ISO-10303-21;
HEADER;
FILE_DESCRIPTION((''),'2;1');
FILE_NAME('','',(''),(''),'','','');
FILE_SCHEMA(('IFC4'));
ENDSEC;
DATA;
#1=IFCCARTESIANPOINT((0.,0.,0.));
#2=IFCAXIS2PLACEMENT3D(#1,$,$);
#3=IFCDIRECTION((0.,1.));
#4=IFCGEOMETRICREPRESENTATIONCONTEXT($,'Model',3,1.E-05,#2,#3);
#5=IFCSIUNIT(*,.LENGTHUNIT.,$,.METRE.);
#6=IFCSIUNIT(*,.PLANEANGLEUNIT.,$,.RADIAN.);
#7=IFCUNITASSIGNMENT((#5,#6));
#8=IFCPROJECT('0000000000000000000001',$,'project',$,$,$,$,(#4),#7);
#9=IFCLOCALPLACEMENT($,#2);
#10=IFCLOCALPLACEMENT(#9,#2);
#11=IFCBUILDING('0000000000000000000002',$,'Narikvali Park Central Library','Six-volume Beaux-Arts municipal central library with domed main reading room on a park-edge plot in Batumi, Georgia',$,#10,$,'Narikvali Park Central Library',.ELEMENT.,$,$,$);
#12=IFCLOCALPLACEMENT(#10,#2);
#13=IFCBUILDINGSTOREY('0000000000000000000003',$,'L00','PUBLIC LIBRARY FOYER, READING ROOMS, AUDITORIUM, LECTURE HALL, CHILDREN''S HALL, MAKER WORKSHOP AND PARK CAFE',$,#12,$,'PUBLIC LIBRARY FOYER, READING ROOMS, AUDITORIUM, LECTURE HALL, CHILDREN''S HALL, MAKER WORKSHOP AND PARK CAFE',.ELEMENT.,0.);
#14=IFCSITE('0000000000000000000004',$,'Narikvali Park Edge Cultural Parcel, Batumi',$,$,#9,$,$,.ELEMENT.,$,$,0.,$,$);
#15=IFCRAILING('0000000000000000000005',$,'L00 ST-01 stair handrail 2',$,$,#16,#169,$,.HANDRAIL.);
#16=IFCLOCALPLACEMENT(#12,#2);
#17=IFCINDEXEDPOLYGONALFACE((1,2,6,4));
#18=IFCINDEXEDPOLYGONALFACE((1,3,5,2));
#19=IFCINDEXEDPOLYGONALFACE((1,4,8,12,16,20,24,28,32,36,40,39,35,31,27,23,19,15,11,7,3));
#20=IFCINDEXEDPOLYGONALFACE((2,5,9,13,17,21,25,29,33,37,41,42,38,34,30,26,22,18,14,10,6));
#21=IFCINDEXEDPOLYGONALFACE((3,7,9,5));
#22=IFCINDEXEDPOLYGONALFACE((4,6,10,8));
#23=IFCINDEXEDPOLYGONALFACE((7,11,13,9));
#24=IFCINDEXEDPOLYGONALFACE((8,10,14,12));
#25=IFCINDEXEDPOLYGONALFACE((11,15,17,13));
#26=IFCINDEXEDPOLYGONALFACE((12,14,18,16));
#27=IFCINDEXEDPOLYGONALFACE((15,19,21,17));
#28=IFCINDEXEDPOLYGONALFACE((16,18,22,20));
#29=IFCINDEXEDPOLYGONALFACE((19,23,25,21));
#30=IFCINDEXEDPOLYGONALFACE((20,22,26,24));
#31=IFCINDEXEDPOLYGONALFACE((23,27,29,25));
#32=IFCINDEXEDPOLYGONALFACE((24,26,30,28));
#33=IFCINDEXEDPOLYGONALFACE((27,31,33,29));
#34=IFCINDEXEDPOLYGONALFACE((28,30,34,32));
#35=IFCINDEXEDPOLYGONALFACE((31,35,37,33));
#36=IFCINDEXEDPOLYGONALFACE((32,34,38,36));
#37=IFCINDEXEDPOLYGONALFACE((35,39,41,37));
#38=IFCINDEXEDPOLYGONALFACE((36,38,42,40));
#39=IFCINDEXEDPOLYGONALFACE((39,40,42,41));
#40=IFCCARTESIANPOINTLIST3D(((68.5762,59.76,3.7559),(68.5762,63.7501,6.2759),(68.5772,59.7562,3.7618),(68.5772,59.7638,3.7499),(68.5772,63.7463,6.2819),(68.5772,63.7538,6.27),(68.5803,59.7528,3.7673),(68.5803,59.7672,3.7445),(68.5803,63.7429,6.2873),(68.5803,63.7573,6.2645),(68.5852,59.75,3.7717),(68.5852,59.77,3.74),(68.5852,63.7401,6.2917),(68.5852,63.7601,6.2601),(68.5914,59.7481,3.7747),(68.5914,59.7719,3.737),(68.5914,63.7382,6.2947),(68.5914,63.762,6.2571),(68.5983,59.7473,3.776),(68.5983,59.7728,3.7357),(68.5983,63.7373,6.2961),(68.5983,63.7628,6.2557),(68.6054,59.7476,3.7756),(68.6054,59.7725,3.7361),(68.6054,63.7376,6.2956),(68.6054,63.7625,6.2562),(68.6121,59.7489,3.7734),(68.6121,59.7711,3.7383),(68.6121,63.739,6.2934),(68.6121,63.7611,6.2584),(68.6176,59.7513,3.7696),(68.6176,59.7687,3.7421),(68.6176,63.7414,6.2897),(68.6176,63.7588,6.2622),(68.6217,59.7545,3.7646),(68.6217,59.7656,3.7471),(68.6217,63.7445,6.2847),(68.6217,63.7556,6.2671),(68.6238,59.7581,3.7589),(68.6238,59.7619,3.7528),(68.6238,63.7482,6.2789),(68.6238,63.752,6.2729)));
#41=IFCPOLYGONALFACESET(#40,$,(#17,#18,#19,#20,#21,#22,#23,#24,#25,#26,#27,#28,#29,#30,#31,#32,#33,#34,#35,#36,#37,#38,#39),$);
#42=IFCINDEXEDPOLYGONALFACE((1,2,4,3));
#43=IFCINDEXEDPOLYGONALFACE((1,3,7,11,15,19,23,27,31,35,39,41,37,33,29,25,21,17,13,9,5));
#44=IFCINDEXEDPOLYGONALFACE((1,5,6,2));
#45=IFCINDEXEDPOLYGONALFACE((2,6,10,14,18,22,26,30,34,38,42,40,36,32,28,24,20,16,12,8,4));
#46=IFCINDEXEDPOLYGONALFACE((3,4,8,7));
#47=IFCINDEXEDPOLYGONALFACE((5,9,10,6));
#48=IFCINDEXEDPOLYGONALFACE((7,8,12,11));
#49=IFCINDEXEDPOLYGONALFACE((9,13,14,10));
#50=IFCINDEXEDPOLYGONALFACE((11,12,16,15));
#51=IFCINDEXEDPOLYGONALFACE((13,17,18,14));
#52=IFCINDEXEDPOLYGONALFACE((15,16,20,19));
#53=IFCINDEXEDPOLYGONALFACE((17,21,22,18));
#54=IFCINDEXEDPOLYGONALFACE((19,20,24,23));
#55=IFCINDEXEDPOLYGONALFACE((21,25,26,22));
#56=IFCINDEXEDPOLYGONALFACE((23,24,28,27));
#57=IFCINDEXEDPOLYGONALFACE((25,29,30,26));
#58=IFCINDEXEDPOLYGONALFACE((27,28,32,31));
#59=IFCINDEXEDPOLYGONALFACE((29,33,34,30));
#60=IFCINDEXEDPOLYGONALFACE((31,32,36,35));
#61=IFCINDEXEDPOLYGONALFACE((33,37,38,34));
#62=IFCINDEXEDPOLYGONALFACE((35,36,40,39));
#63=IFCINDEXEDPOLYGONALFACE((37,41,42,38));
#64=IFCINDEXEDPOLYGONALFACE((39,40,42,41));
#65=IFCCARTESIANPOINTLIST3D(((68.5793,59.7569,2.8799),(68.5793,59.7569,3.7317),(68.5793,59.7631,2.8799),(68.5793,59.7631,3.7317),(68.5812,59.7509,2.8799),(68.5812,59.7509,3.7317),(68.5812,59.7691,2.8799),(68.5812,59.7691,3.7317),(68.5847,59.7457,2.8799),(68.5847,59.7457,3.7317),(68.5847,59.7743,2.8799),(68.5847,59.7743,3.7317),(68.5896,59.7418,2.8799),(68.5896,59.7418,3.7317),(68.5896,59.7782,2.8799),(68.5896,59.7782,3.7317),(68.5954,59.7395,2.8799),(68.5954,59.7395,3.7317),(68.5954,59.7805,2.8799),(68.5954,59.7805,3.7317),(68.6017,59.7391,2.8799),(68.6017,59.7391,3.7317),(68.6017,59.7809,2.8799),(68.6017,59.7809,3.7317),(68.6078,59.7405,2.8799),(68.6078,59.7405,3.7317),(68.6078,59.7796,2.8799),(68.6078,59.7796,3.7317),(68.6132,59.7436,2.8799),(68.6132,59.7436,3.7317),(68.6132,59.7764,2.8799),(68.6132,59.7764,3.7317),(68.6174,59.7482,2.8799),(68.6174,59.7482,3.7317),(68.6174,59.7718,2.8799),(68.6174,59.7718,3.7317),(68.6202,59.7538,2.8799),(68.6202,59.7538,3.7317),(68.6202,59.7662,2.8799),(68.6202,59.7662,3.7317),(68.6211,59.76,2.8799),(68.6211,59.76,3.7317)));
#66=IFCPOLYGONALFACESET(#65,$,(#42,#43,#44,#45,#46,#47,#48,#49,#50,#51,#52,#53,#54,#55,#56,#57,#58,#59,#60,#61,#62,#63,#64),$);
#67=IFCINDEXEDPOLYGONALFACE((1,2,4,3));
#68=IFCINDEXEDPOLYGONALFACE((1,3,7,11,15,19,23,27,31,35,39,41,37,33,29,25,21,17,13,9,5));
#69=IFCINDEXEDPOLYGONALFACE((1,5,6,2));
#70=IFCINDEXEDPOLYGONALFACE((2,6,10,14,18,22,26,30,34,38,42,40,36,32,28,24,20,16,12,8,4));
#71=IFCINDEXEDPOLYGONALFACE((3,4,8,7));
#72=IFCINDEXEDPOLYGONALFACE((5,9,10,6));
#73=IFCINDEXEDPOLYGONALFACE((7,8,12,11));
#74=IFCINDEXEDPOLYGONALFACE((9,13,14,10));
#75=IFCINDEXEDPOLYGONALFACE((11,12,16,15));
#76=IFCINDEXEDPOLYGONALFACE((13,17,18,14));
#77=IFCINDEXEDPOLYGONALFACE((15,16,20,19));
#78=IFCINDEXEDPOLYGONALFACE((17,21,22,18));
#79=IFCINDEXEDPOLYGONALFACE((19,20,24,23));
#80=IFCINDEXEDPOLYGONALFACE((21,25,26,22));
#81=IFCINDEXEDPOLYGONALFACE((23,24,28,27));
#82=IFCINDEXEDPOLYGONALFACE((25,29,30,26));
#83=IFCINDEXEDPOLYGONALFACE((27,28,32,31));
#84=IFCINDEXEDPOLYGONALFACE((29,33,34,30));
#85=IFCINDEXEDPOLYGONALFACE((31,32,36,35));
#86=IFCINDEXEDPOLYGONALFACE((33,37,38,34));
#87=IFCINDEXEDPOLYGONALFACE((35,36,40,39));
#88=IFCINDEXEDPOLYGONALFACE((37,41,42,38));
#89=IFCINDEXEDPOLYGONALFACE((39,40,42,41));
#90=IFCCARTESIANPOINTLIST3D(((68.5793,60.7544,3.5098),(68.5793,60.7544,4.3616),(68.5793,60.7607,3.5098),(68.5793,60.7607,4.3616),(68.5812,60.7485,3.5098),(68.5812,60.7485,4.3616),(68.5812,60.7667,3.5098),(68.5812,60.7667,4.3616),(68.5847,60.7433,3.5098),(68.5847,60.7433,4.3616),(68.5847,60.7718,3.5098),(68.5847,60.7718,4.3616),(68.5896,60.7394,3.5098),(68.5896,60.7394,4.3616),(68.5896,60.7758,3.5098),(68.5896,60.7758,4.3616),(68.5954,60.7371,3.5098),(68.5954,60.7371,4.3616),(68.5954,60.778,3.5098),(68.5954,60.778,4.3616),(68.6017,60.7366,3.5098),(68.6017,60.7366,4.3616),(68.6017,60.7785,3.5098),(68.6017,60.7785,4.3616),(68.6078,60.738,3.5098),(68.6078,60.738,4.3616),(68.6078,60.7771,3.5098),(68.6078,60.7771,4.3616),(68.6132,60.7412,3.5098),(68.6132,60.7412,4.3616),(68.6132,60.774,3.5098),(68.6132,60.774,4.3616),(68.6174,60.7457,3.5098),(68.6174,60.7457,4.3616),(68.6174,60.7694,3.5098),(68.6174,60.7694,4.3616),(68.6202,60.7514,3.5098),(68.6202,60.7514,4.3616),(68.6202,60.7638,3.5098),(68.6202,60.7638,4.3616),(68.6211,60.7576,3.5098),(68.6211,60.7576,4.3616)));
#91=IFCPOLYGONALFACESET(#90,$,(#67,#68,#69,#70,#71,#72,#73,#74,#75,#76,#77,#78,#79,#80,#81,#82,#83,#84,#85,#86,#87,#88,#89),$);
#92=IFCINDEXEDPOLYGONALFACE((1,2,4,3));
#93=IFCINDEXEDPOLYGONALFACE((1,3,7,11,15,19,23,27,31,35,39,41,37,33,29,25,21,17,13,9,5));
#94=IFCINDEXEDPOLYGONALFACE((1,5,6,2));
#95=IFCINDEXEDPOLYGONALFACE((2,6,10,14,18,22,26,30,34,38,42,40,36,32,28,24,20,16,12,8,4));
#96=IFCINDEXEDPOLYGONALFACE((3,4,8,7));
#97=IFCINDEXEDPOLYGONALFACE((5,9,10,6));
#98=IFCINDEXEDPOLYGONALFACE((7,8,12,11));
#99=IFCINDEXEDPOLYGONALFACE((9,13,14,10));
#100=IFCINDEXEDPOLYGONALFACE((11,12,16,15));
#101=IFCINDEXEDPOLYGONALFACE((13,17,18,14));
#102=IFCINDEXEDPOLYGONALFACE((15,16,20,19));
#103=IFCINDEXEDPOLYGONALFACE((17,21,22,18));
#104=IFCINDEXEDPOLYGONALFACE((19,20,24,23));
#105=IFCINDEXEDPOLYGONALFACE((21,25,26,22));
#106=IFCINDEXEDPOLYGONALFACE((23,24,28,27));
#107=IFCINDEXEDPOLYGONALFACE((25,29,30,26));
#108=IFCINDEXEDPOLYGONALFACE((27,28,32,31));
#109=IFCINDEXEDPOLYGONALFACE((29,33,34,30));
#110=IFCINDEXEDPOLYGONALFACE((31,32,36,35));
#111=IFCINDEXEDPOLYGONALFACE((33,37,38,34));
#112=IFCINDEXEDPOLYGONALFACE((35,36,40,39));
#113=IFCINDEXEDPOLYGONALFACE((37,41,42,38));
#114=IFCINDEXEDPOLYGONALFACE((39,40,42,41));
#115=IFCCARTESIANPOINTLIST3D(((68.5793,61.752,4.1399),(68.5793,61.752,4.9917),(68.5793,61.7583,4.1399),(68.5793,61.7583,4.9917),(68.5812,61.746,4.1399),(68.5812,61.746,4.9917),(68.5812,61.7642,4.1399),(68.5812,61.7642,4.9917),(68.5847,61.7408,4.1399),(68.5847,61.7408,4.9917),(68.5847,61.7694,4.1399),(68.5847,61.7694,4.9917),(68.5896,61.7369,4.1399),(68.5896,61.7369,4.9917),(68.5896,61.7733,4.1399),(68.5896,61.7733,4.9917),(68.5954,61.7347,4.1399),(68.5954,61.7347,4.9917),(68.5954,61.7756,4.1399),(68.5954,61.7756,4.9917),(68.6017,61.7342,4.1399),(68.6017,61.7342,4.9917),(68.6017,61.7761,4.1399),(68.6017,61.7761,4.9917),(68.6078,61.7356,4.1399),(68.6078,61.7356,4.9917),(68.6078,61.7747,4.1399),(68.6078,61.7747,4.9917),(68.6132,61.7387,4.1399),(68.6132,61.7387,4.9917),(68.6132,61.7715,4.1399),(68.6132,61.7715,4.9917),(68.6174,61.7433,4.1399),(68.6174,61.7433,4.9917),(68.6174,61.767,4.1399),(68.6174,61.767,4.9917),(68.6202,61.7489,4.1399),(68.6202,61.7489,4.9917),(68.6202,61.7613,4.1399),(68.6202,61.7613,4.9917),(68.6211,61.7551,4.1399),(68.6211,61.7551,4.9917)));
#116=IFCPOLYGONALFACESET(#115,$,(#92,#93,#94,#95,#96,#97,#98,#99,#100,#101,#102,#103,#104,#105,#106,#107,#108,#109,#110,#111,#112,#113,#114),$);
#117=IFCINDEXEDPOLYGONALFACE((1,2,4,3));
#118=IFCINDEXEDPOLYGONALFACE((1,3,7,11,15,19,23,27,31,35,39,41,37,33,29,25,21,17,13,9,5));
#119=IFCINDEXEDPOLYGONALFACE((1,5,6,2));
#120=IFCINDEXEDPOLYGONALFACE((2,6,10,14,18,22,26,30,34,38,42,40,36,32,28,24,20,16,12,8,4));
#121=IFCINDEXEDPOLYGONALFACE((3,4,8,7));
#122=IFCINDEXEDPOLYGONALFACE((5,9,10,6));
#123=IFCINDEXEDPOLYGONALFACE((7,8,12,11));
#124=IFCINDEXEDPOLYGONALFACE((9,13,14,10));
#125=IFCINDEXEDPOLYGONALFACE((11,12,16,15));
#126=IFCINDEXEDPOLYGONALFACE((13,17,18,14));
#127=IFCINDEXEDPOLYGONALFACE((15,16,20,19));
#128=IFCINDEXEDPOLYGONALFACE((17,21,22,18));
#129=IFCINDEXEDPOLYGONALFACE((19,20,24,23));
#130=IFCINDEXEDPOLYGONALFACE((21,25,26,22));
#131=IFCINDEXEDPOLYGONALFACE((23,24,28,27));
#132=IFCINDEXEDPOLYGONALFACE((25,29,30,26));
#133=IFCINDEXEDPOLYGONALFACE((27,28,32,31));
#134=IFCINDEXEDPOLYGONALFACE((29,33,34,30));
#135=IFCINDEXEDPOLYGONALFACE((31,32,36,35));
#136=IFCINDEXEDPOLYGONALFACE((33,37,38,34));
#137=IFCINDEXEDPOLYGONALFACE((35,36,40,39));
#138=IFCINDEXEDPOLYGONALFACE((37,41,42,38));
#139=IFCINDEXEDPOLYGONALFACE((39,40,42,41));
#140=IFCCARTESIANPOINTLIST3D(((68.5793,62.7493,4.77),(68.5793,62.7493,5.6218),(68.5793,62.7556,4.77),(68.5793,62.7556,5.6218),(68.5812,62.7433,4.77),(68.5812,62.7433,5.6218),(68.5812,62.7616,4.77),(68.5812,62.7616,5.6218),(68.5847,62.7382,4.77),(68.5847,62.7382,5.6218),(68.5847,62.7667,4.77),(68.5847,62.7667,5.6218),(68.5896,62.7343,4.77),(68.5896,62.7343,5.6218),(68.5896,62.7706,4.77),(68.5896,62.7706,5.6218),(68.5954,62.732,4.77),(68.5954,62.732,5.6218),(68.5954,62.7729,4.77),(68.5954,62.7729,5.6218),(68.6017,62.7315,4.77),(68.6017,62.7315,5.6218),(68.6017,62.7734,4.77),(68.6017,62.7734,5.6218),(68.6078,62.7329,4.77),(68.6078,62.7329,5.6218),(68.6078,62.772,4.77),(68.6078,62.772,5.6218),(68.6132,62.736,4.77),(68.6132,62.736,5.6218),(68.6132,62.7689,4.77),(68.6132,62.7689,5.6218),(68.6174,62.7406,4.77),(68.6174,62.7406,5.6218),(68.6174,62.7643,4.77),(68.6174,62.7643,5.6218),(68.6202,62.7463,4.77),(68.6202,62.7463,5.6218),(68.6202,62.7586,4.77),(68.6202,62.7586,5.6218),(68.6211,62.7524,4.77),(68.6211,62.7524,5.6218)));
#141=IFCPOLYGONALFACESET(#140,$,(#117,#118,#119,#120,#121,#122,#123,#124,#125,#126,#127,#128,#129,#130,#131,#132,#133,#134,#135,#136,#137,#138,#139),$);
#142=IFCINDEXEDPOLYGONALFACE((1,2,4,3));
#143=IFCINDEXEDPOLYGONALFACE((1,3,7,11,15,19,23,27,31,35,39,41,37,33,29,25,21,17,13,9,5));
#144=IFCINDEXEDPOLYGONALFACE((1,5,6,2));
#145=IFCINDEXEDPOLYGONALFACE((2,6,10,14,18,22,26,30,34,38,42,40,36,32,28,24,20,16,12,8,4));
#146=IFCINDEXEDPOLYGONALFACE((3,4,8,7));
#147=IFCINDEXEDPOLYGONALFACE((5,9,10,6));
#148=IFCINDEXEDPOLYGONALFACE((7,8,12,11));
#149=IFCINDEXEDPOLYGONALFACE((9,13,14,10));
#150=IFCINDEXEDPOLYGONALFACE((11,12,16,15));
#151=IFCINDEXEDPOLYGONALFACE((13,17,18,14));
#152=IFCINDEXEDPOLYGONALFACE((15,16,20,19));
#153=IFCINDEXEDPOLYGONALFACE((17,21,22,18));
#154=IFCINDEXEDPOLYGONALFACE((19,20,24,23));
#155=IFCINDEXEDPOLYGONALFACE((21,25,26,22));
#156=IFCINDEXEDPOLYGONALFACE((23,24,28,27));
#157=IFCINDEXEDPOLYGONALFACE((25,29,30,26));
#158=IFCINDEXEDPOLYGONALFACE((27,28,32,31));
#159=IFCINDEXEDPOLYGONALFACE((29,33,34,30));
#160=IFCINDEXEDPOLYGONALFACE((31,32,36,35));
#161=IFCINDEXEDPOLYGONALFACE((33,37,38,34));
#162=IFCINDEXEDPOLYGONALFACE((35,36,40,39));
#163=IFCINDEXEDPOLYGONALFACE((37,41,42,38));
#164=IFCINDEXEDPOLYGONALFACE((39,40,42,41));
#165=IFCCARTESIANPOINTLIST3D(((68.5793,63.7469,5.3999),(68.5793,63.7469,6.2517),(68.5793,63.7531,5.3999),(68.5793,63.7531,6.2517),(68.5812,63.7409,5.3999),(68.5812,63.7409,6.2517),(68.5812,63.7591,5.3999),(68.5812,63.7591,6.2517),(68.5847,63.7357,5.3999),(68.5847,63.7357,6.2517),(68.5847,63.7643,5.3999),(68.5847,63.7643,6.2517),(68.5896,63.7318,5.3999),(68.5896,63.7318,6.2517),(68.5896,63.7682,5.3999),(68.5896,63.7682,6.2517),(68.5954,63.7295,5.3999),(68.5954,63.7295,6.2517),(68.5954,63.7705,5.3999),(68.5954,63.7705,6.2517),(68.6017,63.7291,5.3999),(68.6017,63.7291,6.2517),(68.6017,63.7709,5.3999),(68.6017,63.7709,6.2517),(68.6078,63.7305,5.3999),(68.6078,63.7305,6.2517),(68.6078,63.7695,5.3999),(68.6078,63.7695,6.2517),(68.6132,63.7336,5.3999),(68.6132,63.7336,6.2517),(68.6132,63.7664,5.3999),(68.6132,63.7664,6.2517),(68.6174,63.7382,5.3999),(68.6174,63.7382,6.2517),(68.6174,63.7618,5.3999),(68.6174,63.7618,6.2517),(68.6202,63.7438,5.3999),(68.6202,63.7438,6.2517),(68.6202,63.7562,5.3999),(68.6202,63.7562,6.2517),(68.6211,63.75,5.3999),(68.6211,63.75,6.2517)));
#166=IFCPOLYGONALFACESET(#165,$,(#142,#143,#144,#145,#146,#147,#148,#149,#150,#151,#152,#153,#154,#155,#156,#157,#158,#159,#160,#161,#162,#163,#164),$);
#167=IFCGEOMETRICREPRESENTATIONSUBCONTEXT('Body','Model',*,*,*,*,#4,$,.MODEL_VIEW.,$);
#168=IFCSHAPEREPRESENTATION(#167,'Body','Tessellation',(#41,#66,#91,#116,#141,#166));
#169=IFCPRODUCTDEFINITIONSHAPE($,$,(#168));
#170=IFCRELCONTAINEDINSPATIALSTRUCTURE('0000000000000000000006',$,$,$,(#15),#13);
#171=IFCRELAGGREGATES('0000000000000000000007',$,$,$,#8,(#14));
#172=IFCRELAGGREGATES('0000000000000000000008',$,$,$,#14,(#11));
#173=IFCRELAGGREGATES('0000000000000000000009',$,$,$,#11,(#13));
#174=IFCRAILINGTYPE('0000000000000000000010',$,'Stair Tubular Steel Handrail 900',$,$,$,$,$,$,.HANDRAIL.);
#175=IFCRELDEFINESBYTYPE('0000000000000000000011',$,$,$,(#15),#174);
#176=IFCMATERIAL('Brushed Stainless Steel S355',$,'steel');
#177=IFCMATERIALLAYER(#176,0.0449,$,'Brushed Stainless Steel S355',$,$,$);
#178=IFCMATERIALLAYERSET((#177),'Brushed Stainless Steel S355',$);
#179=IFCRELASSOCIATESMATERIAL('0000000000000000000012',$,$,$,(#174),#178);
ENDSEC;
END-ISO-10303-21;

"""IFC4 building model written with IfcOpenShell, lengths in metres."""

from ifc_helpers import new_model, si_unit, direction, frame, origin, origin_2d, place, context, subcontext, project, spatial, circle, extrude, material, layer, layer_set, type_object, element, save


model = new_model("IFC4")

# Units and contexts
model_context = context("Model", 3, precision=1e-05, world=origin(), true_north=direction((0.0, 1.0)))
body_context = subcontext(model_context, "Body", "Model", "MODEL_VIEW")
ifc_project = project(units=[si_unit("LENGTHUNIT", "METRE"), si_unit("PLANEANGLEUNIT", "RADIAN")], contexts=[model_context])

# Site, building, storey
site_placement = place(None, origin())
site = spatial("IfcSite", under=ifc_project, at=site_placement, Name="Narikvali Park Edge Cultural Parcel, Batumi", CompositionType="ELEMENT", RefElevation=0.0)
building_placement = place(site_placement, origin())
building = spatial("IfcBuilding", under=site, at=building_placement, Name="Narikvali Park Central Library", Description="Six-volume Beaux-Arts municipal central library with domed main reading room on a park-edge plot in Batumi, Georgia", LongName="Narikvali Park Central Library", CompositionType="ELEMENT")
storey_placement = place(building_placement, origin())
storey = spatial("IfcBuildingStorey", under=building, at=storey_placement, Name="L00", Description="PUBLIC LIBRARY FOYER, READING ROOMS, AUDITORIUM, LECTURE HALL, CHILDREN'S HALL, MAKER WORKSHOP AND PARK CAFE", LongName="PUBLIC LIBRARY FOYER, READING ROOMS, AUDITORIUM, LECTURE HALL, CHILDREN'S HALL, MAKER WORKSHOP AND PARK CAFE", CompositionType="ELEMENT", Elevation=0.0)

# Shared definitions
ifc_material_1 = material(Name="Brushed Stainless Steel S355", Category="steel")

# Railing
ifc_layer_1 = layer(ifc_material_1, 0.0449, Name="Brushed Stainless Steel S355")
ifc_layer_set_1 = layer_set([ifc_layer_1], Name="Brushed Stainless Steel S355")
railing_type_1 = type_object("IfcRailingType", Name="Stair Tubular Steel Handrail 900", PredefinedType="HANDRAIL", material=ifc_layer_set_1)
railing_1_placement = place(storey_placement, frame((68.6001, 59.76, 2.8799)))
element("IfcRailing", 1, at=railing_1_placement, inside=storey, type_object=railing_type_1, Name="L00 ST-01 stair handrail 2", PredefinedType="HANDRAIL", context=body_context, shape_type="SweptSolid", body=[
    extrude(circle(Radius=0.0239, at=origin_2d()), frame((0.0, 0.0, 0.876), z_axis=(0.0, 0.845486, 0.533997), x_axis=(-1.0, 0.0, 0.0)), (0.0, 0.0, 1.0), 4.7192),
    extrude(circle(Radius=0.021, at=origin_2d()), origin(), (0.0, 0.0, 1.0), 0.8518),
    extrude(circle(Radius=0.021, at=origin_2d()), frame((0.0, 0.9976, 0.6299)), (0.0, 0.0, 1.0), 0.8518),
    extrude(circle(Radius=0.021, at=origin_2d()), frame((0.0, 1.9951, 1.26)), (0.0, 0.0, 1.0), 0.8518),
    extrude(circle(Radius=0.021, at=origin_2d()), frame((0.0, 2.9924, 1.8901)), (0.0, 0.0, 1.0), 0.8518),
    extrude(circle(Radius=0.021, at=origin_2d()), frame((0.0, 3.99, 2.52)), (0.0, 0.0, 1.0), 0.8518),
])

save(model, "model.ifc")
